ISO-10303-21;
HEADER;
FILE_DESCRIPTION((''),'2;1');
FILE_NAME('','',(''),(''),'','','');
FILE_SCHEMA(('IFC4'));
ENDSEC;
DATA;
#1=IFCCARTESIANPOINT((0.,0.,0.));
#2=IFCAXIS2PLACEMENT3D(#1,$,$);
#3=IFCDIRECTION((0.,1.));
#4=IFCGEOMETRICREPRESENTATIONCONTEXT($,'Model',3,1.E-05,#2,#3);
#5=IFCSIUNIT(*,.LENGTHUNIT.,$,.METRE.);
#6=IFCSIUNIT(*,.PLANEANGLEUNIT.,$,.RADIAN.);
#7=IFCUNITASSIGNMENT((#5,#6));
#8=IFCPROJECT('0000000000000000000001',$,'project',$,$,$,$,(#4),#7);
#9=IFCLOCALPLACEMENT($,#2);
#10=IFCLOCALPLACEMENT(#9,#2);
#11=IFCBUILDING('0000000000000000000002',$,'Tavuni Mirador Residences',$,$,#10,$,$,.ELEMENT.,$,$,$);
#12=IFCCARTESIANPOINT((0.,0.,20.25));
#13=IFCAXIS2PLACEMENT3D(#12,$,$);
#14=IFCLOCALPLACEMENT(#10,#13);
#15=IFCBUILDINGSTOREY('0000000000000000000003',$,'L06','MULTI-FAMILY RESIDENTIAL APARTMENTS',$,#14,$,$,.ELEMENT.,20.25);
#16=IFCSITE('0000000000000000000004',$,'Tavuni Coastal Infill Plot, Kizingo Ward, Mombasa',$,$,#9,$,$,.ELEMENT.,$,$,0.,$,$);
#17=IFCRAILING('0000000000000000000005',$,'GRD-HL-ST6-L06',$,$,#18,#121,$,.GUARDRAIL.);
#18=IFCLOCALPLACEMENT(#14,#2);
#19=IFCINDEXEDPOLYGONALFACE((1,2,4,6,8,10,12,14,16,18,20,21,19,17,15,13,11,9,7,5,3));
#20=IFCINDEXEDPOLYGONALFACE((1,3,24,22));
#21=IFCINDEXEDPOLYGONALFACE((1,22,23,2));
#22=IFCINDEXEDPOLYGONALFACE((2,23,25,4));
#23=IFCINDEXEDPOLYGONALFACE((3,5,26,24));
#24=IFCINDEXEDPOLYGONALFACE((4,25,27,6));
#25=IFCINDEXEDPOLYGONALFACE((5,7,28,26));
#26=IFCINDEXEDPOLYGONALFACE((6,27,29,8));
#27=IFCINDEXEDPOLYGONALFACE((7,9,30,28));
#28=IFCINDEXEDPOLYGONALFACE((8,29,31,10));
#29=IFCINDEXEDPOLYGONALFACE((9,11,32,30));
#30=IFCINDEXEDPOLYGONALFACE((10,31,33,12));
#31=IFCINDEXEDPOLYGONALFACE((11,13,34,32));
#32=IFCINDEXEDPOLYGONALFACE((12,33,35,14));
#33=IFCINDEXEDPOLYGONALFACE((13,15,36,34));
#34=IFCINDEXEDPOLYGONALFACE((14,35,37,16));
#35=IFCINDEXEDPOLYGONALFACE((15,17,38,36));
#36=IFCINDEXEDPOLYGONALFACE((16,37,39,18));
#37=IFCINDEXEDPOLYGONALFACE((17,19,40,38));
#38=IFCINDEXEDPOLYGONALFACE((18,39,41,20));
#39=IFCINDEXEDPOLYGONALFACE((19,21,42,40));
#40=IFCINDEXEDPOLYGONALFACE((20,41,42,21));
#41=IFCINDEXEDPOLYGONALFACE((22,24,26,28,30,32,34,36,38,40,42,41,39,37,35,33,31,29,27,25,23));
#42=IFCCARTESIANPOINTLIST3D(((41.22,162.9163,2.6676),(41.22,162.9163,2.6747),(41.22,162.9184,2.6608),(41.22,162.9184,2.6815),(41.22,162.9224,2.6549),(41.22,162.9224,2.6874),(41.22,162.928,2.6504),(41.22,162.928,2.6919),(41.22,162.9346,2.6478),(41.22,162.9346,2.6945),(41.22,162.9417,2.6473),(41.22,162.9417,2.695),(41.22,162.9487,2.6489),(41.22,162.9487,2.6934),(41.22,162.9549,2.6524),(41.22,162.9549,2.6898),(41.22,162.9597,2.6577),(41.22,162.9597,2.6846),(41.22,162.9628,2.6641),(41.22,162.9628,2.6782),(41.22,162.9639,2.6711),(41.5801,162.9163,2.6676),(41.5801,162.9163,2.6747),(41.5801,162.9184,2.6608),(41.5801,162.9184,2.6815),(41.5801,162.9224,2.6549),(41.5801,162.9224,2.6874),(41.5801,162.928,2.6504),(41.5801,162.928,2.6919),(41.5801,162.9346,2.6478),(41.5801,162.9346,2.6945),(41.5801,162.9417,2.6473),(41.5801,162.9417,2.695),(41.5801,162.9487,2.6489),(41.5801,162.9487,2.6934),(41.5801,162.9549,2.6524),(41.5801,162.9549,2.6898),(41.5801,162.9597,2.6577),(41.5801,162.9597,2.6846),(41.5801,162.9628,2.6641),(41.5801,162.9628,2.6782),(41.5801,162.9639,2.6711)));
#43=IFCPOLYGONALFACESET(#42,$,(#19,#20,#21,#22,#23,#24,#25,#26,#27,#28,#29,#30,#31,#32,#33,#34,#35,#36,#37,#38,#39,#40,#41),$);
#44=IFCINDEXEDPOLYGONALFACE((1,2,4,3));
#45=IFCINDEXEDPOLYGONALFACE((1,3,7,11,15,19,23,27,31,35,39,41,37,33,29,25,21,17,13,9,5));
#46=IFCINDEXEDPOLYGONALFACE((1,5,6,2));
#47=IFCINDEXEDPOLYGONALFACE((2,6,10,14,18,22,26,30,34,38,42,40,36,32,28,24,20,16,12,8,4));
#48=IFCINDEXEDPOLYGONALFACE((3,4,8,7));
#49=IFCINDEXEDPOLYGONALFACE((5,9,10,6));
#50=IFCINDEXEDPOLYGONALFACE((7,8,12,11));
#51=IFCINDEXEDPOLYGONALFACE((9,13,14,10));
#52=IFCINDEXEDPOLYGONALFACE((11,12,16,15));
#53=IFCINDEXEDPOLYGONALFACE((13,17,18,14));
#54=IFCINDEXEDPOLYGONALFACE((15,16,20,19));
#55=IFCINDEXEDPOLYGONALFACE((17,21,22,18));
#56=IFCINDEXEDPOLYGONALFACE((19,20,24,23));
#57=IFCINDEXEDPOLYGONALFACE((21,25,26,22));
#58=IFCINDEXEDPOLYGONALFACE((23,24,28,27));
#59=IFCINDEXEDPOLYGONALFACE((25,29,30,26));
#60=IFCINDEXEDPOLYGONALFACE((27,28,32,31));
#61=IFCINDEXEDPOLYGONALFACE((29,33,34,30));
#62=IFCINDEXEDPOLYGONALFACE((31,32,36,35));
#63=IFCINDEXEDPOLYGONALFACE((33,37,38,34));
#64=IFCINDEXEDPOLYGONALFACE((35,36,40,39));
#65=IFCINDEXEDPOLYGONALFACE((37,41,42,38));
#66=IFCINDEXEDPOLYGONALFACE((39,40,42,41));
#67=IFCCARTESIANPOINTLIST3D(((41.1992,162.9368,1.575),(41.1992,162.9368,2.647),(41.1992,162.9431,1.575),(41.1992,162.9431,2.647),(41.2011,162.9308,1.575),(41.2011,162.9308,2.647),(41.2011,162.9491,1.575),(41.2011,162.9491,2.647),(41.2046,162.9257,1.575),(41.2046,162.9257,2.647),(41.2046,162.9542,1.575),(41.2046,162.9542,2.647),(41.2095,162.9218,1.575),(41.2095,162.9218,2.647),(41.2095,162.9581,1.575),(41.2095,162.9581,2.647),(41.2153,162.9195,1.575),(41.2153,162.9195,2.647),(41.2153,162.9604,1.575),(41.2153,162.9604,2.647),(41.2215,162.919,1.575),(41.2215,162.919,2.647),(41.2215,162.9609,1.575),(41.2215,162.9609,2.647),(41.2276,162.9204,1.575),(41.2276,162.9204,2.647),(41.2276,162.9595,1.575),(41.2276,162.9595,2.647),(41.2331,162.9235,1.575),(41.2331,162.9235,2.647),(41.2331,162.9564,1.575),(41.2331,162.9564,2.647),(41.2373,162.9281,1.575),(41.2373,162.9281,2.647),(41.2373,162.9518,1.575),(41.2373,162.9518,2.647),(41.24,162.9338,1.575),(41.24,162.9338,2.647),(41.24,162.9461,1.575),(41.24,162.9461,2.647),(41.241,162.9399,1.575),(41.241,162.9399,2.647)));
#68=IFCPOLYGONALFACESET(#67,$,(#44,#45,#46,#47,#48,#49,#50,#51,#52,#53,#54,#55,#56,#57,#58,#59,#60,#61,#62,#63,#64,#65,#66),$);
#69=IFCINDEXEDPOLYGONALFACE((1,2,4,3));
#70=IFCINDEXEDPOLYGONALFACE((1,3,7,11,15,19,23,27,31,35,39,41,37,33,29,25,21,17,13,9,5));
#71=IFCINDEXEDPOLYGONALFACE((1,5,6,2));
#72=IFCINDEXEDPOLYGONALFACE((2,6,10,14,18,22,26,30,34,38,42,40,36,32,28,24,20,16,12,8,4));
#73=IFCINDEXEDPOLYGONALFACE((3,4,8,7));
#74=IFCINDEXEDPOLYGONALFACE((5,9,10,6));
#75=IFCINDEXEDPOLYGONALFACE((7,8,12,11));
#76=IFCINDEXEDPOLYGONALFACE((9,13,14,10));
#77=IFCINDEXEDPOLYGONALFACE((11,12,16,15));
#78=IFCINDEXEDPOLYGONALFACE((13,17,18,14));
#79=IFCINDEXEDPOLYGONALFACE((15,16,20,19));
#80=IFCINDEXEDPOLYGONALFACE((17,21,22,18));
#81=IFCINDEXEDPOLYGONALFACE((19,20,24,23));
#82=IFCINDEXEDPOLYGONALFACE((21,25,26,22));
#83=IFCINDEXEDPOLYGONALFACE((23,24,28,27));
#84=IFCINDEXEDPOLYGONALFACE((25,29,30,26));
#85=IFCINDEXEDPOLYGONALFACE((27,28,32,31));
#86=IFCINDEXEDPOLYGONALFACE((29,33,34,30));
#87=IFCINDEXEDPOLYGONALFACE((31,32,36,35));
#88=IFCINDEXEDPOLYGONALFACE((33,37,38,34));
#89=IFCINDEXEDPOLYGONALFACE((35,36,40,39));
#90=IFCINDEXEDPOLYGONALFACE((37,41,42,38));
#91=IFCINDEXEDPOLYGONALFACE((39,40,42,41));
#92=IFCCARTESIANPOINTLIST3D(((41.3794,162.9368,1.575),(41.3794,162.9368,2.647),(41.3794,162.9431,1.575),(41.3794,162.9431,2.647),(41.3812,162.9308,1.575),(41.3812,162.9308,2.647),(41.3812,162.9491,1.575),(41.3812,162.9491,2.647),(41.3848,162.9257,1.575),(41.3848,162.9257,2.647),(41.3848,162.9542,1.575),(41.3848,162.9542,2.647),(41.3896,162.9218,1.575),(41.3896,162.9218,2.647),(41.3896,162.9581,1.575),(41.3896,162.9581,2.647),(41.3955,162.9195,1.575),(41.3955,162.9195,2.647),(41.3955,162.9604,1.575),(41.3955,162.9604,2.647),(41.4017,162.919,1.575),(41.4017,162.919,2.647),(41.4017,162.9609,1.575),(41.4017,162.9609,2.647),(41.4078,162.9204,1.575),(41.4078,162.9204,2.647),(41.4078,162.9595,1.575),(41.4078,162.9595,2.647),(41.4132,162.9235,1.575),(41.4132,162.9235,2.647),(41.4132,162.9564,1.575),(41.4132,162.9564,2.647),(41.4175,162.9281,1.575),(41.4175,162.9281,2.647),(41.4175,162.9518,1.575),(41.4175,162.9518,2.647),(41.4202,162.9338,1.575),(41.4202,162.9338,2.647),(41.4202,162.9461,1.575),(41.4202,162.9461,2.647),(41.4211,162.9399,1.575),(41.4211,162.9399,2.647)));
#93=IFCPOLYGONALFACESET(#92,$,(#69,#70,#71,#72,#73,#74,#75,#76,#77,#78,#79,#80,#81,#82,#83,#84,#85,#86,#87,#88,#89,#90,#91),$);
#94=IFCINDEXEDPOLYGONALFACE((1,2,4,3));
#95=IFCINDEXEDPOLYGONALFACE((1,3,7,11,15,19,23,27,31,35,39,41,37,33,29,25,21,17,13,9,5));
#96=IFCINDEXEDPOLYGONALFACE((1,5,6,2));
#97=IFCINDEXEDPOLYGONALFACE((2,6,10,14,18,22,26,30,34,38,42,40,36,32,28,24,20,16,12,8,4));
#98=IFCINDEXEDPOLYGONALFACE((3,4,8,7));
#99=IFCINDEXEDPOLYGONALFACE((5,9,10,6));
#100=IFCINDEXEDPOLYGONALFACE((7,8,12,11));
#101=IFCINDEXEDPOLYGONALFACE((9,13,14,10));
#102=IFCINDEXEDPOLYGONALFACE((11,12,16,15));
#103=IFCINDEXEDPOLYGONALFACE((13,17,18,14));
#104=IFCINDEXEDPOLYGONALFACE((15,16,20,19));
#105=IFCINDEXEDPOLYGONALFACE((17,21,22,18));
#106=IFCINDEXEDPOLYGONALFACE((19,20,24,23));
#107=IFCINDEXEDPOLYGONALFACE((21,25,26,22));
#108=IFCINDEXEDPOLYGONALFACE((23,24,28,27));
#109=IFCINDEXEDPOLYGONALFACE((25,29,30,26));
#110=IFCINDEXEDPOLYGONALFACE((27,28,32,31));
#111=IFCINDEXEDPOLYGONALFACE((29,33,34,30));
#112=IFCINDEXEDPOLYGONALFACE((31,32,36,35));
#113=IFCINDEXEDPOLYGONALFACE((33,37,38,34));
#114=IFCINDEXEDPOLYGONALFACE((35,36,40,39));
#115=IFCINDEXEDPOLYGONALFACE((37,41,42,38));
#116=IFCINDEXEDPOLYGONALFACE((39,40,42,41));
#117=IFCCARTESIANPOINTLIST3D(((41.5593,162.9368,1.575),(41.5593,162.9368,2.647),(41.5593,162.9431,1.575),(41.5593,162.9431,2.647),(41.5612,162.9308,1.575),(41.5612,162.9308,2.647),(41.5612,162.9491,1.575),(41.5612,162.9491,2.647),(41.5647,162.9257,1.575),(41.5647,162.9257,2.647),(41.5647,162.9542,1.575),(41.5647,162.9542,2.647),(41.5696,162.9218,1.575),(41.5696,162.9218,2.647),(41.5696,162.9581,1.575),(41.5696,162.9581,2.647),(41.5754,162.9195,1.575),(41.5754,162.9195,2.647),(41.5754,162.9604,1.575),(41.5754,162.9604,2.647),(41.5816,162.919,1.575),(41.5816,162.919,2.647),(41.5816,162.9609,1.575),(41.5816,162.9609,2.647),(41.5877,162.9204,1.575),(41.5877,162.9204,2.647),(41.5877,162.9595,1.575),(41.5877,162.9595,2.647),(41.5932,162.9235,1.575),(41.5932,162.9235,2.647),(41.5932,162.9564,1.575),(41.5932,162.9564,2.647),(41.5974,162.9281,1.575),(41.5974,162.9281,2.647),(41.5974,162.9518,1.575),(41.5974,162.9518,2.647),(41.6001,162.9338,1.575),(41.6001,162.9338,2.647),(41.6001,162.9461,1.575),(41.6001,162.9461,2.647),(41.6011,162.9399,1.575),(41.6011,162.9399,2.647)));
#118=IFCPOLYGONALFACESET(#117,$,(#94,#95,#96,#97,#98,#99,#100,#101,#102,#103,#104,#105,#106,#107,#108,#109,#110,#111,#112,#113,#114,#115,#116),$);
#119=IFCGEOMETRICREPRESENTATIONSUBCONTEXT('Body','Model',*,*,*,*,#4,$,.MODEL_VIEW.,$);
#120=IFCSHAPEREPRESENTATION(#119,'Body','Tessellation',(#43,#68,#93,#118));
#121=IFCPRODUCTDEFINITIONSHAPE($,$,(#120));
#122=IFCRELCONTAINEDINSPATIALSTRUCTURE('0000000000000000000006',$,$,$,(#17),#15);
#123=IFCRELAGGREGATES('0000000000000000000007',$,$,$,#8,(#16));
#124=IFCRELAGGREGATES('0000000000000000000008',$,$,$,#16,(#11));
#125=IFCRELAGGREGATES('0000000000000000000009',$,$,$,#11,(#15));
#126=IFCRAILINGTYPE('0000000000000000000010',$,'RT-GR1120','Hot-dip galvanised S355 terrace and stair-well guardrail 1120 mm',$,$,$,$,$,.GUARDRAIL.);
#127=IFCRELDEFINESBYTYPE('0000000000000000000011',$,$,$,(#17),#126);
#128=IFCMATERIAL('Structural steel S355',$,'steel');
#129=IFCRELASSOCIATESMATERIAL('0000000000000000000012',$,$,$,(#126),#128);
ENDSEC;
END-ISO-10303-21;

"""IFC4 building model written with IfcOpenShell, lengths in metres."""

from ifc_helpers import new_model, si_unit, direction, frame, origin, origin_2d, place, context, subcontext, project, spatial, circle, extrude, material, type_object, element, save


model = new_model("IFC4")

# Units and contexts
model_context = context("Model", 3, precision=1e-05, world=origin(), true_north=direction((0.0, 1.0)))
body_context = subcontext(model_context, "Body", "Model", "MODEL_VIEW")
ifc_project = project(units=[si_unit("LENGTHUNIT", "METRE"), si_unit("PLANEANGLEUNIT", "RADIAN")], contexts=[model_context])

# Site, building, storey
site_placement = place(None, origin())
site = spatial("IfcSite", under=ifc_project, at=site_placement, Name="Tavuni Coastal Infill Plot, Kizingo Ward, Mombasa", CompositionType="ELEMENT", RefElevation=0.0)
building_placement = place(site_placement, origin())
building = spatial("IfcBuilding", under=site, at=building_placement, Name="Tavuni Mirador Residences", CompositionType="ELEMENT")
storey_placement = place(building_placement, frame((0.0, 0.0, 20.25)))
storey = spatial("IfcBuildingStorey", under=building, at=storey_placement, Name="L06", Description="MULTI-FAMILY RESIDENTIAL APARTMENTS", CompositionType="ELEMENT", Elevation=20.25)

# Shared definitions
ifc_material_1 = material(Name="Structural steel S355", Category="steel")

# Railing
railing_type_1 = type_object("IfcRailingType", Name="RT-GR1120", Description="Hot-dip galvanised S355 terrace and stair-well guardrail 1120 mm", PredefinedType="GUARDRAIL", material=ifc_material_1)
railing_1_placement = place(storey_placement, frame((41.22, 162.9399, 1.575)))
element("IfcRailing", 1, at=railing_1_placement, inside=storey, type_object=railing_type_1, Name="GRD-HL-ST6-L06", PredefinedType="GUARDRAIL", context=body_context, shape_type="SweptSolid", body=[
    extrude(circle(Radius=0.0239, at=origin_2d()), frame((0.0, 0.0, 1.0962), z_axis=(1.0, 0.0, 0.0), x_axis=(0.0, 1.0, 0.0)), (0.0, 0.0, 1.0), 0.3601),
    extrude(circle(Radius=0.021, at=origin_2d()), origin(), (0.0, 0.0, 1.0), 1.072),
    extrude(circle(Radius=0.021, at=origin_2d()), frame((0.1802, 0.0, 0.0)), (0.0, 0.0, 1.0), 1.072),
    extrude(circle(Radius=0.021, at=origin_2d()), frame((0.3601, 0.0, 0.0)), (0.0, 0.0, 1.0), 1.072),
])

save(model, "model.ifc")
